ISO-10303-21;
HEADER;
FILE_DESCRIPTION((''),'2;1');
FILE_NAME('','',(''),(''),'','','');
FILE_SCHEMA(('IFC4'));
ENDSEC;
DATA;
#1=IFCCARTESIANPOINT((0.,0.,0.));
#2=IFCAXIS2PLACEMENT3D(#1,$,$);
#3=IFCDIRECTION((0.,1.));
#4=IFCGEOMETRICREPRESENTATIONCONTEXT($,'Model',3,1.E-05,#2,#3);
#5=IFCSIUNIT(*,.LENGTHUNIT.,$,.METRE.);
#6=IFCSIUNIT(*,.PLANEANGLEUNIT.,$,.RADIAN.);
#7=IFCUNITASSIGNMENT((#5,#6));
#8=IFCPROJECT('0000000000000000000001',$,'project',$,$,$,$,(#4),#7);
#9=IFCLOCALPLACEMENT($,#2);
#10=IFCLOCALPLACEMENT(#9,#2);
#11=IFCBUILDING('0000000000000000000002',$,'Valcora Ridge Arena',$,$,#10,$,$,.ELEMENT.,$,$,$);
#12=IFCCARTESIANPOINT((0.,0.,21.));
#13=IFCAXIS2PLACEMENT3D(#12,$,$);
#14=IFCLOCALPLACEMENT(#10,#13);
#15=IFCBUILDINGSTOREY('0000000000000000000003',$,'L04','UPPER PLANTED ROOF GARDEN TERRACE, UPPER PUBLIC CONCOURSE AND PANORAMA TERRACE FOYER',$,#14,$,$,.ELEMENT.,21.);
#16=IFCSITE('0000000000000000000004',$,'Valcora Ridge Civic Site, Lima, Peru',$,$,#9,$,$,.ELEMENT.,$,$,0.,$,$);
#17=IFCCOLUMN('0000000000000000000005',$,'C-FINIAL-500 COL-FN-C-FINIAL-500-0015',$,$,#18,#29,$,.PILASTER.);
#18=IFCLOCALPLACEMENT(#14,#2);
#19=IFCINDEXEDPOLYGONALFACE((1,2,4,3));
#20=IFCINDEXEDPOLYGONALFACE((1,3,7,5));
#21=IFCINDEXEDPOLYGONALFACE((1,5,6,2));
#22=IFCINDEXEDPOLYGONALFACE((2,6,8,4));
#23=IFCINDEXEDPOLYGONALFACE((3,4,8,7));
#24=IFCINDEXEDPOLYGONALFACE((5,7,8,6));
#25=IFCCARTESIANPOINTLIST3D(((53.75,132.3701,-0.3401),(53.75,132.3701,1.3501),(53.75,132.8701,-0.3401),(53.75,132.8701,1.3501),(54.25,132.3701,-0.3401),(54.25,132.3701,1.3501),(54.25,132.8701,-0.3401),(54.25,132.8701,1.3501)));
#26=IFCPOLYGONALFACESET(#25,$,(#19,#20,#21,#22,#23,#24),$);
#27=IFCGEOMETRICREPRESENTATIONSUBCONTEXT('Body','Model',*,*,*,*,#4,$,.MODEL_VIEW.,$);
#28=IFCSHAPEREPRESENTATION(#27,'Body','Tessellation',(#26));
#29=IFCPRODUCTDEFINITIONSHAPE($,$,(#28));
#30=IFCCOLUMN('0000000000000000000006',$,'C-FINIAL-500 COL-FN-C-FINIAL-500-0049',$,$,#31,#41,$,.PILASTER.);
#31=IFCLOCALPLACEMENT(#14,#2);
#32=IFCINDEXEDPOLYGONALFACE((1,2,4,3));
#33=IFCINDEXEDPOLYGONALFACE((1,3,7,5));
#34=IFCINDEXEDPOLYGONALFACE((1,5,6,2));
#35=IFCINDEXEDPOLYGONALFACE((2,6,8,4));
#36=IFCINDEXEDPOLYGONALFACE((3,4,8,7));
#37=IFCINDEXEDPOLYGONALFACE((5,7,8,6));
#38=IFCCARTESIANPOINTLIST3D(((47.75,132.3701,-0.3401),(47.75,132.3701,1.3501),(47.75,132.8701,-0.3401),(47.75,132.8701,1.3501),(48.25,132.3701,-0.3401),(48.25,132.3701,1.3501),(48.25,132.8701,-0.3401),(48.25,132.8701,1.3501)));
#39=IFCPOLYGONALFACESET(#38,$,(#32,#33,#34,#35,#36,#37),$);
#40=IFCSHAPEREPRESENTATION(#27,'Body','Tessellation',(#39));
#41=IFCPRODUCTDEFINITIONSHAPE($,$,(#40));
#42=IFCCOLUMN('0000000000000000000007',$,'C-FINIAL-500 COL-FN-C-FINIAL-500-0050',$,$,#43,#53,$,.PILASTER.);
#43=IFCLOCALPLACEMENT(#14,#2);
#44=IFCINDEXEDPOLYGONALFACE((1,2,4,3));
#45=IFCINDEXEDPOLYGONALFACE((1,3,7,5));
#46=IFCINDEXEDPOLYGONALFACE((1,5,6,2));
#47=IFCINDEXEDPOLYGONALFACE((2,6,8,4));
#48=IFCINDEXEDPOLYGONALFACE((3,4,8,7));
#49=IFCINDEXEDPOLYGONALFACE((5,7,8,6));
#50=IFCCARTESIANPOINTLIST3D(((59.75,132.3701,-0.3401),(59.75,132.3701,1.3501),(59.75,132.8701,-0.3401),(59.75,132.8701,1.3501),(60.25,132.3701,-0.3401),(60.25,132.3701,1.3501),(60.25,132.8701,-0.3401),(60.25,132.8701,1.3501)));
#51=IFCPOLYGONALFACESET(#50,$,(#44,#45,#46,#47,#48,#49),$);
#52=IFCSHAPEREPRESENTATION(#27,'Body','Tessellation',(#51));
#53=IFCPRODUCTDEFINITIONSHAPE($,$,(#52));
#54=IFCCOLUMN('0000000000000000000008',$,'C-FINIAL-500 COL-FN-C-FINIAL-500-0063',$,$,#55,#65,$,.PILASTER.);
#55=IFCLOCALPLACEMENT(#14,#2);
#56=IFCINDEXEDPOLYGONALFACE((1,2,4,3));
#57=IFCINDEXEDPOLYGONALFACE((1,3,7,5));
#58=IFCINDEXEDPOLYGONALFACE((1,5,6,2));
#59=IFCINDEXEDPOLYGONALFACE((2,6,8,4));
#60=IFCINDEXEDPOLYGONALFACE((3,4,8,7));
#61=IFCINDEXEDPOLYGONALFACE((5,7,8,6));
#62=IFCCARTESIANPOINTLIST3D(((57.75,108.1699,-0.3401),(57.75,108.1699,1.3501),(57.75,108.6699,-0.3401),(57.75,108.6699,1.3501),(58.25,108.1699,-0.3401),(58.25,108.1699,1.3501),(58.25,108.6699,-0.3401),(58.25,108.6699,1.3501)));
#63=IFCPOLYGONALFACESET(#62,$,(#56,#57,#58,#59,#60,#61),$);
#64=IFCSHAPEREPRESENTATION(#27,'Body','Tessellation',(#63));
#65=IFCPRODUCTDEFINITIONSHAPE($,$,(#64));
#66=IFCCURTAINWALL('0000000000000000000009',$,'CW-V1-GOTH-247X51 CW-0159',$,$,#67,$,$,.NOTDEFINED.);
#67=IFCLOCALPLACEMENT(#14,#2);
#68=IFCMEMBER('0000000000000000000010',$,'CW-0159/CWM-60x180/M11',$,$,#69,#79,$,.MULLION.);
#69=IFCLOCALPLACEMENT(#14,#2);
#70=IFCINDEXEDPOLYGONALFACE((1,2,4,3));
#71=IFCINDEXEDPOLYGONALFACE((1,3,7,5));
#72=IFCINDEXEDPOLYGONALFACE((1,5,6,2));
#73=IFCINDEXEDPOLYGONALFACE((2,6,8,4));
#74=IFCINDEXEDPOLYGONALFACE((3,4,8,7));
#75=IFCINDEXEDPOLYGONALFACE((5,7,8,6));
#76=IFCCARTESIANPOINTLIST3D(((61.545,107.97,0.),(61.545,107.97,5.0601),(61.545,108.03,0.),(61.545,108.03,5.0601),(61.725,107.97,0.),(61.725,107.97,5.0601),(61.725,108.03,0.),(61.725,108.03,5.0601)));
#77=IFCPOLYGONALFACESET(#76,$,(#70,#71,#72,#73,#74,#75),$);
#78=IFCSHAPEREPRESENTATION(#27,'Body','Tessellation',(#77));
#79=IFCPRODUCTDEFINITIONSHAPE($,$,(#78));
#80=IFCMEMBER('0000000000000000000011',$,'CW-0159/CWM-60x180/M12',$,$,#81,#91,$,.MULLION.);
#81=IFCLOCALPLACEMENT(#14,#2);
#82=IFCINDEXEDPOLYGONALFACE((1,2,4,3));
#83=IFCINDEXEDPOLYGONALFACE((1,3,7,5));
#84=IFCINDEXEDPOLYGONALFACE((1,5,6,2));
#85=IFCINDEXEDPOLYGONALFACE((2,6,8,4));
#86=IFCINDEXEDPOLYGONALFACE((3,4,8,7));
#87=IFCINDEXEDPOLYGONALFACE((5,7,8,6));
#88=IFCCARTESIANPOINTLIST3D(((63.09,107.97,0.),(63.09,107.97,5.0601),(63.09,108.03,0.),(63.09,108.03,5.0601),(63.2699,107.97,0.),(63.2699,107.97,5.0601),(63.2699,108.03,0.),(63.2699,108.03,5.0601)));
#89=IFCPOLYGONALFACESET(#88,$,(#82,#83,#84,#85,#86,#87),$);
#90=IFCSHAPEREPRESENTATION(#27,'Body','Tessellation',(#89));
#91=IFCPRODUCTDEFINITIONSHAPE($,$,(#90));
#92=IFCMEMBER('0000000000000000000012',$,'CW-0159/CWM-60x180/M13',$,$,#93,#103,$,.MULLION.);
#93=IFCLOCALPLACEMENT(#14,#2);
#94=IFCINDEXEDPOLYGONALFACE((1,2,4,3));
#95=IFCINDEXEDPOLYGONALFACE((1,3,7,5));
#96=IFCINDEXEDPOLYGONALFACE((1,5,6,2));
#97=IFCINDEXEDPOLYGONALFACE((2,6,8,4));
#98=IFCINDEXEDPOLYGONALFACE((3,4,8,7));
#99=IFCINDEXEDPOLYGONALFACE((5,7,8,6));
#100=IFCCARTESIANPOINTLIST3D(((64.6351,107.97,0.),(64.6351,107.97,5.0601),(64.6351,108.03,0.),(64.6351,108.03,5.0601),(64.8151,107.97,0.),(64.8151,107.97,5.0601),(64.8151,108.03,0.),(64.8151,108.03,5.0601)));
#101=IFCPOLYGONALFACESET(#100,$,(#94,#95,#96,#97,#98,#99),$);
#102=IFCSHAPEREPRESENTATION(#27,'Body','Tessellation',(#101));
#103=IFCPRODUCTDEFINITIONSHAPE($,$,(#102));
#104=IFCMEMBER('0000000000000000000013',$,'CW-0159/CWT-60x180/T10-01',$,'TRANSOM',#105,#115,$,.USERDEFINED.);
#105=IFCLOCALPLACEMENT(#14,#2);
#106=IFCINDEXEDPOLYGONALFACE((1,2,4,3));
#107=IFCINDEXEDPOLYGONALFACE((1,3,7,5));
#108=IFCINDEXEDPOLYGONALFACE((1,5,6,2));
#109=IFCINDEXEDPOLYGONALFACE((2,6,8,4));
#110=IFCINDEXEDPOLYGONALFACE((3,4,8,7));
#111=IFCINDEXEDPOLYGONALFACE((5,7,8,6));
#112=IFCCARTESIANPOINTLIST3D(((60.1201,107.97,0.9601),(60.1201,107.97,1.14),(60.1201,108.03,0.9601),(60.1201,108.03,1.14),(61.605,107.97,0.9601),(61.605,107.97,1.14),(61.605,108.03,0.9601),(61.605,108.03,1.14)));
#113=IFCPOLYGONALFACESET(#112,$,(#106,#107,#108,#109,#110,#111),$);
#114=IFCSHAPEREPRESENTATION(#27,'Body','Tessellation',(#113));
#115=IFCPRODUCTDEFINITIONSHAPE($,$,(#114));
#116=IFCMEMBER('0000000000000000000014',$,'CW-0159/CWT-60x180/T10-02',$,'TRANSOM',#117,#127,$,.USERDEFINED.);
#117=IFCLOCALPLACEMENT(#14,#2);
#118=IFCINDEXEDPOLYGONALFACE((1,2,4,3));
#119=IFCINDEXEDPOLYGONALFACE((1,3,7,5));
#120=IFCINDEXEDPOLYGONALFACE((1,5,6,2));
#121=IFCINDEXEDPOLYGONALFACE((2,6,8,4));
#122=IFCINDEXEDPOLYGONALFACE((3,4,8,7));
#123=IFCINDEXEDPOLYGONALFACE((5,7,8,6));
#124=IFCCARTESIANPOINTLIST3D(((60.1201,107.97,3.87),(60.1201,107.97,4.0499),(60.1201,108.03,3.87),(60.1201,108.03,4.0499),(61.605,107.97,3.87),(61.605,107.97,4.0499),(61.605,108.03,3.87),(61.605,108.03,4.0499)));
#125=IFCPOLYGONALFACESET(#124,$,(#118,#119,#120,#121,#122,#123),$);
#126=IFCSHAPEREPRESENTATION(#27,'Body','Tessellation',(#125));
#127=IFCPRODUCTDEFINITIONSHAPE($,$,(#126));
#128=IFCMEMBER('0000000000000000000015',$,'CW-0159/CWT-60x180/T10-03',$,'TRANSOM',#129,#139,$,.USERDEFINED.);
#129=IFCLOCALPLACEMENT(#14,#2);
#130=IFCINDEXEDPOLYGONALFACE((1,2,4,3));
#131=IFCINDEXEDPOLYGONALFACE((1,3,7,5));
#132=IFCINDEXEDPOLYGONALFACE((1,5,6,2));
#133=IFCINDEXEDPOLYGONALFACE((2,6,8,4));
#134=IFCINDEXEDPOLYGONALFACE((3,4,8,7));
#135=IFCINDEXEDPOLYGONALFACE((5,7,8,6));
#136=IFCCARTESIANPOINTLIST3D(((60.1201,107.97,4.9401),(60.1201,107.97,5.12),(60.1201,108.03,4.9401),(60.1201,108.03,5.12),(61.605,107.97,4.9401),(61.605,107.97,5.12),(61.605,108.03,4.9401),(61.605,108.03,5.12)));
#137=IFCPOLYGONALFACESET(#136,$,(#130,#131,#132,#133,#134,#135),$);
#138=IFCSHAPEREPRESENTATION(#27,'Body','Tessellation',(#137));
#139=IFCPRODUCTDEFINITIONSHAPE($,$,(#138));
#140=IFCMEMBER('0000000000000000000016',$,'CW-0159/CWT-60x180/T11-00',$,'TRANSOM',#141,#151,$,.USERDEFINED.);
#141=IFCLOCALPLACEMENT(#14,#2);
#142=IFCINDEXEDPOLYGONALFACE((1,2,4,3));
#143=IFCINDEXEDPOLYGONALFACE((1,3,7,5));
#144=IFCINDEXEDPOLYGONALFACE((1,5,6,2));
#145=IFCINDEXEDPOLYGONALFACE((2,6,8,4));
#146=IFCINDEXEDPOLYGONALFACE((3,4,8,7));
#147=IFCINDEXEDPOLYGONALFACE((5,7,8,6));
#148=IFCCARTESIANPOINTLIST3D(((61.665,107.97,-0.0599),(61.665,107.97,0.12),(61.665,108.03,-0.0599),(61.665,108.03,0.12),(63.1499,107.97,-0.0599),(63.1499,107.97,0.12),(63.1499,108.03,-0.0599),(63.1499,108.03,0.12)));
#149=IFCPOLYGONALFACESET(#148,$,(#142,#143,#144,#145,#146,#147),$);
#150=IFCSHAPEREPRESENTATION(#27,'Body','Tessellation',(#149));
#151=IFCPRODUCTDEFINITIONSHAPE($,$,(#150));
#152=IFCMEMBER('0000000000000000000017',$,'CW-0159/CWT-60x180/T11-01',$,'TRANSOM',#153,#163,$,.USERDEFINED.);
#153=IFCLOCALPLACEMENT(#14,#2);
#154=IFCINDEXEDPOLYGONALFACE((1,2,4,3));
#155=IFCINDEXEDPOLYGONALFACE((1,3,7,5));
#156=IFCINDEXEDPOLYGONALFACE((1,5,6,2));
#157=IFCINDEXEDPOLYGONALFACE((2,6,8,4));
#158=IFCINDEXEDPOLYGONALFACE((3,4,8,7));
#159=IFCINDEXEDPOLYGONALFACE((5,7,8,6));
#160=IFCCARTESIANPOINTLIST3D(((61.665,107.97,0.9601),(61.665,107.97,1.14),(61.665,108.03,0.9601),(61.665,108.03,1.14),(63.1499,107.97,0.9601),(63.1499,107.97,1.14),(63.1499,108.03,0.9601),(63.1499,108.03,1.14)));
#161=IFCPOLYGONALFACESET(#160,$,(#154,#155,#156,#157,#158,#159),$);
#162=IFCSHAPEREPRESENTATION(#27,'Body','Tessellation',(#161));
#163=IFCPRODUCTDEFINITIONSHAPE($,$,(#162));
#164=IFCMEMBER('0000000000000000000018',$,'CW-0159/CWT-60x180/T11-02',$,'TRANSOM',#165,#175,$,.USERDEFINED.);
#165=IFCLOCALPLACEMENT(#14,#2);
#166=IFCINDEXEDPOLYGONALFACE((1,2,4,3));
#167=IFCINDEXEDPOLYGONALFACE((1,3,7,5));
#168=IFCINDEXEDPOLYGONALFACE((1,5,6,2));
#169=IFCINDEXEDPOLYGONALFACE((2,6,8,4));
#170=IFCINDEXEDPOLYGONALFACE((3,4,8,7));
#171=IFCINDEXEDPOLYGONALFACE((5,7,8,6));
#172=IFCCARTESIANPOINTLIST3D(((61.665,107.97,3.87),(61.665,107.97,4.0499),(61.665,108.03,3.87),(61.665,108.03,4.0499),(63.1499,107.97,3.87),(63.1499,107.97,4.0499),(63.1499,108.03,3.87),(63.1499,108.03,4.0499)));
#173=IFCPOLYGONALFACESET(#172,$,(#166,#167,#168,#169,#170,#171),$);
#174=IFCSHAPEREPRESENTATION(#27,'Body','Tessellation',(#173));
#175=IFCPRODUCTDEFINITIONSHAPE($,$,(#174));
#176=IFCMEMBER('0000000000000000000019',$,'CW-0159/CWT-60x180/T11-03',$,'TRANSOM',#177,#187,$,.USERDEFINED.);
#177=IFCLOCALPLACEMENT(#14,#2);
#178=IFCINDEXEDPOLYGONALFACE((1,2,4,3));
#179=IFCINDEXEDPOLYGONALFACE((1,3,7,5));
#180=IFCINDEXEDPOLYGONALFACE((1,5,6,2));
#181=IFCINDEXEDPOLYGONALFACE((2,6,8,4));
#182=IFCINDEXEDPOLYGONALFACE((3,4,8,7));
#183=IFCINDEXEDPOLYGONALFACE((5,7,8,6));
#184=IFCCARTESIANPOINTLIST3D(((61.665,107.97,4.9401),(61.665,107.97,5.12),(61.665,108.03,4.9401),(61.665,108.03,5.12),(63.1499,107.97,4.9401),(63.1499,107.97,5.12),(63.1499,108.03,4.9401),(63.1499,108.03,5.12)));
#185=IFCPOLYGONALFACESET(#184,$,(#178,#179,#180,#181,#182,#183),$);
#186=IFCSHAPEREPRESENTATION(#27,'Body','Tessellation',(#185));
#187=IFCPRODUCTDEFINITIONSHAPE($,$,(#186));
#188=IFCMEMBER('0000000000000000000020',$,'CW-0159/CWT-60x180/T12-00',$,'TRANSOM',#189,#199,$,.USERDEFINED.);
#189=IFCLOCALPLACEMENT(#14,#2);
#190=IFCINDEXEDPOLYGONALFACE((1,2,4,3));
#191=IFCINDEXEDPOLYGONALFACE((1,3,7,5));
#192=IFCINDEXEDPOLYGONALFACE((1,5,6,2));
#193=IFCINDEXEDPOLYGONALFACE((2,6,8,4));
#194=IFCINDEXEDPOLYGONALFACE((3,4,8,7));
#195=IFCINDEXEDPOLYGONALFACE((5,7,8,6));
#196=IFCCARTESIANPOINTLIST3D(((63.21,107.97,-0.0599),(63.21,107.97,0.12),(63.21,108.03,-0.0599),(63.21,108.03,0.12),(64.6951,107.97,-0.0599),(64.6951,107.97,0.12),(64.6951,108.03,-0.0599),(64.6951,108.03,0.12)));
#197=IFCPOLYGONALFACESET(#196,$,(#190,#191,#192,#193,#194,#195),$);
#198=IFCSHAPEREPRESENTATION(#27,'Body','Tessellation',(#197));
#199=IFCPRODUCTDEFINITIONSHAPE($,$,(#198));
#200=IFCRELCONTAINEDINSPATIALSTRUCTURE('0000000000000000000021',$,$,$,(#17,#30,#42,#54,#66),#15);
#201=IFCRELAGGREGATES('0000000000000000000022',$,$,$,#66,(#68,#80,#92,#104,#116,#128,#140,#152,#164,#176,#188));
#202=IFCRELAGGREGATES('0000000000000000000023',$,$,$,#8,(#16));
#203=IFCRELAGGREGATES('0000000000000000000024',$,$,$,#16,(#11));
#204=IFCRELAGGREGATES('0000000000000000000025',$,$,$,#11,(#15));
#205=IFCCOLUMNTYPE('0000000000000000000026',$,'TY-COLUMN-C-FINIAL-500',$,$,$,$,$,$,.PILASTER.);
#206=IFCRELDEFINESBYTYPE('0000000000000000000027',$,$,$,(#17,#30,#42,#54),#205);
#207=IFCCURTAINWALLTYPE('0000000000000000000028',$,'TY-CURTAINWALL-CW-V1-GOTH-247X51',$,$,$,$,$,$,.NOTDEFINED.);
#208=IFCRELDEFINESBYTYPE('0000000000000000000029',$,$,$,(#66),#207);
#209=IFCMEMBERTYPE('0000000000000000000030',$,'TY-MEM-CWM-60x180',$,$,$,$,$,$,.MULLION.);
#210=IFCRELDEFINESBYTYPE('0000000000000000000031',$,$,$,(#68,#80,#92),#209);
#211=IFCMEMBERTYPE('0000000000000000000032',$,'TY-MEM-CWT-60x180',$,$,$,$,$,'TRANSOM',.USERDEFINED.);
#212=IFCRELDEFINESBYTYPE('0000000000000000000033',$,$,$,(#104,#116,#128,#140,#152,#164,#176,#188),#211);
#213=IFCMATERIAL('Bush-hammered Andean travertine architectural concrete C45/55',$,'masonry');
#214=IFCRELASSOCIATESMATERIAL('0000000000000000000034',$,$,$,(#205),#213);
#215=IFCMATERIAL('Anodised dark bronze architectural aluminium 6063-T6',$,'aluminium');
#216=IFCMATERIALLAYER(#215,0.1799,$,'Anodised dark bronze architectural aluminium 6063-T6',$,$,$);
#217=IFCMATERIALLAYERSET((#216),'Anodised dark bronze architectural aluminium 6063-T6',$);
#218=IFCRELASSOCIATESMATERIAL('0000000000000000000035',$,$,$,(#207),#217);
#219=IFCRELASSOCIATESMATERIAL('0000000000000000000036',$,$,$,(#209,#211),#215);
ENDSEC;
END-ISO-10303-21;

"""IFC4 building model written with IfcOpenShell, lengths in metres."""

from ifc_helpers import new_model, si_unit, direction, frame, origin, origin_2d, place, context, subcontext, project, spatial, rectangle, extrude, material, layer, layer_set, material_profile, profile_set, type_object, element, aggregate, save


model = new_model("IFC4")

# Units and contexts
model_context = context("Model", 3, precision=1e-05, world=origin(), true_north=direction((0.0, 1.0)))
body_context = subcontext(model_context, "Body", "Model", "MODEL_VIEW")
ifc_project = project(units=[si_unit("LENGTHUNIT", "METRE"), si_unit("PLANEANGLEUNIT", "RADIAN")], contexts=[model_context])

# Site, building, storey
site_placement = place(None, origin())
site = spatial("IfcSite", under=ifc_project, at=site_placement, Name="Valcora Ridge Civic Site, Lima, Peru", CompositionType="ELEMENT", RefElevation=0.0)
building_placement = place(site_placement, origin())
building = spatial("IfcBuilding", under=site, at=building_placement, Name="Valcora Ridge Arena", CompositionType="ELEMENT")
storey_placement = place(building_placement, frame((0.0, 0.0, 21.0)))
storey = spatial("IfcBuildingStorey", under=building, at=storey_placement, Name="L04", Description="UPPER PLANTED ROOF GARDEN TERRACE, UPPER PUBLIC CONCOURSE AND PANORAMA TERRACE FOYER", CompositionType="ELEMENT", Elevation=21.0)

# Columns
ifc_material_1 = material(Name="Bush-hammered Andean travertine architectural concrete C45/55", Category="masonry")
ifc_material_profile_1 = material_profile(ifc_material_1, rectangle(XDim=0.5, YDim=0.5, at=origin_2d()), Name="RC 500x500")
ifc_profile_set_1 = profile_set([ifc_material_profile_1], Name="Bush-hammered Andean travertine architectural concrete C45/55")
column_type = type_object("IfcColumnType", Name="TY-COLUMN-C-FINIAL-500", PredefinedType="PILASTER", material=ifc_profile_set_1)
for number, where, z_axis, x_axis, name in (
    (1, (54.0, 132.6201, -0.3401), (0.0, 0.0, 1.0), (1.0, 0.0, 0.0), "C-FINIAL-500 COL-FN-C-FINIAL-500-0015"),
    (2, (48.0, 132.6201, -0.3401), (0.0, 0.0, 1.0), (1.0, 0.0, 0.0), "C-FINIAL-500 COL-FN-C-FINIAL-500-0049"),
    (3, (60.0, 132.6201, -0.3401), (0.0, 0.0, 1.0), (1.0, 0.0, 0.0), "C-FINIAL-500 COL-FN-C-FINIAL-500-0050"),
    (4, (58.0, 108.4199, -0.3401), (0.0, 0.0, 1.0), (1.0, 0.0, 0.0), "C-FINIAL-500 COL-FN-C-FINIAL-500-0063"),
):
    element("IfcColumn", number, at=place(storey_placement, frame(where, z_axis=z_axis, x_axis=x_axis)), inside=storey, type_object=column_type, Name=name, PredefinedType="PILASTER", context=body_context, shape_type="SweptSolid", body=[
        extrude(rectangle(XDim=0.5, YDim=0.5, at=origin_2d()), origin(), (0.0, 0.0, 1.0), 1.6902),
    ])

# Curtain wall, members
ifc_material_2 = material(Name="Anodised dark bronze architectural aluminium 6063-T6", Category="aluminium")
ifc_layer_1 = layer(ifc_material_2, 0.1799, Name="Anodised dark bronze architectural aluminium 6063-T6")
ifc_layer_set_1 = layer_set([ifc_layer_1], Name="Anodised dark bronze architectural aluminium 6063-T6")
curtain_wall_type = type_object("IfcCurtainWallType", Name="TY-CURTAINWALL-CW-V1-GOTH-247X51", PredefinedType="NOTDEFINED", material=ifc_layer_set_1)
curtain_wall_placement = place(storey_placement, origin())
curtain_wall = element("IfcCurtainWall", 5, at=curtain_wall_placement, inside=storey, type_object=curtain_wall_type, Name="CW-V1-GOTH-247X51 CW-0159", PredefinedType="NOTDEFINED")
ifc_material_profile_2 = material_profile(ifc_material_2, rectangle(XDim=0.0601, YDim=0.1799, at=origin_2d()), Name="ALU MULLION 60x180")
ifc_profile_set_2 = profile_set([ifc_material_profile_2], Name="Anodised dark bronze architectural aluminium 6063-T6")
member_type_1 = type_object("IfcMemberType", Name="TY-MEM-CWM-60x180", PredefinedType="MULLION", material=ifc_profile_set_2)
member_1_placement = place(storey_placement, frame((61.635, 108.0, 0.0), z_axis=(0.0, 0.0, 1.0), x_axis=(0.0, 1.0, 0.0)))
member_1 = element("IfcMember", 6, at=member_1_placement, type_object=member_type_1, Name="CW-0159/CWM-60x180/M11", PredefinedType="MULLION", context=body_context, shape_type="SweptSolid", body=[
    extrude(rectangle(XDim=0.0601, YDim=0.1799, at=origin_2d()), origin(), (0.0, 0.0, 1.0), 5.0601),
])
member_2_placement = place(storey_placement, frame((63.1799, 108.0, 0.0), z_axis=(0.0, 0.0, 1.0), x_axis=(0.0, 1.0, 0.0)))
member_2 = element("IfcMember", 7, at=member_2_placement, type_object=member_type_1, Name="CW-0159/CWM-60x180/M12", PredefinedType="MULLION", context=body_context, shape_type="SweptSolid", body=[
    extrude(rectangle(XDim=0.0601, YDim=0.1799, at=origin_2d()), origin(), (0.0, 0.0, 1.0), 5.0601),
])
member_3_placement = place(storey_placement, frame((64.7251, 108.0, 0.0), z_axis=(0.0, 0.0, 1.0), x_axis=(0.0, 1.0, 0.0)))
member_3 = element("IfcMember", 8, at=member_3_placement, type_object=member_type_1, Name="CW-0159/CWM-60x180/M13", PredefinedType="MULLION", context=body_context, shape_type="SweptSolid", body=[
    extrude(rectangle(XDim=0.0601, YDim=0.1799, at=origin_2d()), origin(), (0.0, 0.0, 1.0), 5.0601),
])
ifc_material_profile_3 = material_profile(ifc_material_2, rectangle(XDim=0.0601, YDim=0.1799, at=origin_2d()), Name="ALU TRANSOM 60x180")
ifc_profile_set_3 = profile_set([ifc_material_profile_3], Name="Anodised dark bronze architectural aluminium 6063-T6")
member_type_2 = type_object("IfcMemberType", Name="TY-MEM-CWT-60x180", ElementType="TRANSOM", PredefinedType="USERDEFINED", material=ifc_profile_set_3)
member_4_placement = place(storey_placement, frame((60.1201, 108.0, 1.05), z_axis=(1.0, 0.0, 0.0), x_axis=(0.0, 1.0, 0.0)))
member_4 = element("IfcMember", 9, at=member_4_placement, type_object=member_type_2, Name="CW-0159/CWT-60x180/T10-01", ObjectType="TRANSOM", PredefinedType="USERDEFINED", context=body_context, shape_type="SweptSolid", body=[
    extrude(rectangle(XDim=0.0601, YDim=0.1799, at=origin_2d()), origin(), (0.0, 0.0, 1.0), 1.4849),
])
member_5_placement = place(storey_placement, frame((60.1201, 108.0, 3.96), z_axis=(1.0, 0.0, 0.0), x_axis=(0.0, 1.0, 0.0)))
member_5 = element("IfcMember", 10, at=member_5_placement, type_object=member_type_2, Name="CW-0159/CWT-60x180/T10-02", ObjectType="TRANSOM", PredefinedType="USERDEFINED", context=body_context, shape_type="SweptSolid", body=[
    extrude(rectangle(XDim=0.0601, YDim=0.1799, at=origin_2d()), origin(), (0.0, 0.0, 1.0), 1.4849),
])
member_6_placement = place(storey_placement, frame((60.1201, 108.0, 5.03), z_axis=(1.0, 0.0, 0.0), x_axis=(0.0, 1.0, 0.0)))
member_6 = element("IfcMember", 11, at=member_6_placement, type_object=member_type_2, Name="CW-0159/CWT-60x180/T10-03", ObjectType="TRANSOM", PredefinedType="USERDEFINED", context=body_context, shape_type="SweptSolid", body=[
    extrude(rectangle(XDim=0.0601, YDim=0.1799, at=origin_2d()), origin(), (0.0, 0.0, 1.0), 1.4849),
])
member_7_placement = place(storey_placement, frame((61.665, 108.0, 0.03), z_axis=(1.0, 0.0, 0.0), x_axis=(0.0, 1.0, 0.0)))
member_7 = element("IfcMember", 12, at=member_7_placement, type_object=member_type_2, Name="CW-0159/CWT-60x180/T11-00", ObjectType="TRANSOM", PredefinedType="USERDEFINED", context=body_context, shape_type="SweptSolid", body=[
    extrude(rectangle(XDim=0.0601, YDim=0.1799, at=origin_2d()), origin(), (0.0, 0.0, 1.0), 1.4849),
])
member_8_placement = place(storey_placement, frame((61.665, 108.0, 1.05), z_axis=(1.0, 0.0, 0.0), x_axis=(0.0, 1.0, 0.0)))
member_8 = element("IfcMember", 13, at=member_8_placement, type_object=member_type_2, Name="CW-0159/CWT-60x180/T11-01", ObjectType="TRANSOM", PredefinedType="USERDEFINED", context=body_context, shape_type="SweptSolid", body=[
    extrude(rectangle(XDim=0.0601, YDim=0.1799, at=origin_2d()), origin(), (0.0, 0.0, 1.0), 1.4849),
])
member_9_placement = place(storey_placement, frame((61.665, 108.0, 3.96), z_axis=(1.0, 0.0, 0.0), x_axis=(0.0, 1.0, 0.0)))
member_9 = element("IfcMember", 14, at=member_9_placement, type_object=member_type_2, Name="CW-0159/CWT-60x180/T11-02", ObjectType="TRANSOM", PredefinedType="USERDEFINED", context=body_context, shape_type="SweptSolid", body=[
    extrude(rectangle(XDim=0.0601, YDim=0.1799, at=origin_2d()), origin(), (0.0, 0.0, 1.0), 1.4849),
])
member_10_placement = place(storey_placement, frame((61.665, 108.0, 5.03), z_axis=(1.0, 0.0, 0.0), x_axis=(0.0, 1.0, 0.0)))
member_10 = element("IfcMember", 15, at=member_10_placement, type_object=member_type_2, Name="CW-0159/CWT-60x180/T11-03", ObjectType="TRANSOM", PredefinedType="USERDEFINED", context=body_context, shape_type="SweptSolid", body=[
    extrude(rectangle(XDim=0.0601, YDim=0.1799, at=origin_2d()), origin(), (0.0, 0.0, 1.0), 1.4849),
])
member_11_placement = place(storey_placement, frame((63.21, 108.0, 0.03), z_axis=(1.0, 0.0, 0.0), x_axis=(0.0, 1.0, 0.0)))
member_11 = element("IfcMember", 16, at=member_11_placement, type_object=member_type_2, Name="CW-0159/CWT-60x180/T12-00", ObjectType="TRANSOM", PredefinedType="USERDEFINED", context=body_context, shape_type="SweptSolid", body=[
    extrude(rectangle(XDim=0.0601, YDim=0.1799, at=origin_2d()), origin(), (0.0, 0.0, 1.0), 1.4851),
])
aggregate(curtain_wall, [member_1, member_2, member_3, member_4, member_5, member_6, member_7, member_8, member_9, member_10, member_11])

save(model, "model.ifc")
